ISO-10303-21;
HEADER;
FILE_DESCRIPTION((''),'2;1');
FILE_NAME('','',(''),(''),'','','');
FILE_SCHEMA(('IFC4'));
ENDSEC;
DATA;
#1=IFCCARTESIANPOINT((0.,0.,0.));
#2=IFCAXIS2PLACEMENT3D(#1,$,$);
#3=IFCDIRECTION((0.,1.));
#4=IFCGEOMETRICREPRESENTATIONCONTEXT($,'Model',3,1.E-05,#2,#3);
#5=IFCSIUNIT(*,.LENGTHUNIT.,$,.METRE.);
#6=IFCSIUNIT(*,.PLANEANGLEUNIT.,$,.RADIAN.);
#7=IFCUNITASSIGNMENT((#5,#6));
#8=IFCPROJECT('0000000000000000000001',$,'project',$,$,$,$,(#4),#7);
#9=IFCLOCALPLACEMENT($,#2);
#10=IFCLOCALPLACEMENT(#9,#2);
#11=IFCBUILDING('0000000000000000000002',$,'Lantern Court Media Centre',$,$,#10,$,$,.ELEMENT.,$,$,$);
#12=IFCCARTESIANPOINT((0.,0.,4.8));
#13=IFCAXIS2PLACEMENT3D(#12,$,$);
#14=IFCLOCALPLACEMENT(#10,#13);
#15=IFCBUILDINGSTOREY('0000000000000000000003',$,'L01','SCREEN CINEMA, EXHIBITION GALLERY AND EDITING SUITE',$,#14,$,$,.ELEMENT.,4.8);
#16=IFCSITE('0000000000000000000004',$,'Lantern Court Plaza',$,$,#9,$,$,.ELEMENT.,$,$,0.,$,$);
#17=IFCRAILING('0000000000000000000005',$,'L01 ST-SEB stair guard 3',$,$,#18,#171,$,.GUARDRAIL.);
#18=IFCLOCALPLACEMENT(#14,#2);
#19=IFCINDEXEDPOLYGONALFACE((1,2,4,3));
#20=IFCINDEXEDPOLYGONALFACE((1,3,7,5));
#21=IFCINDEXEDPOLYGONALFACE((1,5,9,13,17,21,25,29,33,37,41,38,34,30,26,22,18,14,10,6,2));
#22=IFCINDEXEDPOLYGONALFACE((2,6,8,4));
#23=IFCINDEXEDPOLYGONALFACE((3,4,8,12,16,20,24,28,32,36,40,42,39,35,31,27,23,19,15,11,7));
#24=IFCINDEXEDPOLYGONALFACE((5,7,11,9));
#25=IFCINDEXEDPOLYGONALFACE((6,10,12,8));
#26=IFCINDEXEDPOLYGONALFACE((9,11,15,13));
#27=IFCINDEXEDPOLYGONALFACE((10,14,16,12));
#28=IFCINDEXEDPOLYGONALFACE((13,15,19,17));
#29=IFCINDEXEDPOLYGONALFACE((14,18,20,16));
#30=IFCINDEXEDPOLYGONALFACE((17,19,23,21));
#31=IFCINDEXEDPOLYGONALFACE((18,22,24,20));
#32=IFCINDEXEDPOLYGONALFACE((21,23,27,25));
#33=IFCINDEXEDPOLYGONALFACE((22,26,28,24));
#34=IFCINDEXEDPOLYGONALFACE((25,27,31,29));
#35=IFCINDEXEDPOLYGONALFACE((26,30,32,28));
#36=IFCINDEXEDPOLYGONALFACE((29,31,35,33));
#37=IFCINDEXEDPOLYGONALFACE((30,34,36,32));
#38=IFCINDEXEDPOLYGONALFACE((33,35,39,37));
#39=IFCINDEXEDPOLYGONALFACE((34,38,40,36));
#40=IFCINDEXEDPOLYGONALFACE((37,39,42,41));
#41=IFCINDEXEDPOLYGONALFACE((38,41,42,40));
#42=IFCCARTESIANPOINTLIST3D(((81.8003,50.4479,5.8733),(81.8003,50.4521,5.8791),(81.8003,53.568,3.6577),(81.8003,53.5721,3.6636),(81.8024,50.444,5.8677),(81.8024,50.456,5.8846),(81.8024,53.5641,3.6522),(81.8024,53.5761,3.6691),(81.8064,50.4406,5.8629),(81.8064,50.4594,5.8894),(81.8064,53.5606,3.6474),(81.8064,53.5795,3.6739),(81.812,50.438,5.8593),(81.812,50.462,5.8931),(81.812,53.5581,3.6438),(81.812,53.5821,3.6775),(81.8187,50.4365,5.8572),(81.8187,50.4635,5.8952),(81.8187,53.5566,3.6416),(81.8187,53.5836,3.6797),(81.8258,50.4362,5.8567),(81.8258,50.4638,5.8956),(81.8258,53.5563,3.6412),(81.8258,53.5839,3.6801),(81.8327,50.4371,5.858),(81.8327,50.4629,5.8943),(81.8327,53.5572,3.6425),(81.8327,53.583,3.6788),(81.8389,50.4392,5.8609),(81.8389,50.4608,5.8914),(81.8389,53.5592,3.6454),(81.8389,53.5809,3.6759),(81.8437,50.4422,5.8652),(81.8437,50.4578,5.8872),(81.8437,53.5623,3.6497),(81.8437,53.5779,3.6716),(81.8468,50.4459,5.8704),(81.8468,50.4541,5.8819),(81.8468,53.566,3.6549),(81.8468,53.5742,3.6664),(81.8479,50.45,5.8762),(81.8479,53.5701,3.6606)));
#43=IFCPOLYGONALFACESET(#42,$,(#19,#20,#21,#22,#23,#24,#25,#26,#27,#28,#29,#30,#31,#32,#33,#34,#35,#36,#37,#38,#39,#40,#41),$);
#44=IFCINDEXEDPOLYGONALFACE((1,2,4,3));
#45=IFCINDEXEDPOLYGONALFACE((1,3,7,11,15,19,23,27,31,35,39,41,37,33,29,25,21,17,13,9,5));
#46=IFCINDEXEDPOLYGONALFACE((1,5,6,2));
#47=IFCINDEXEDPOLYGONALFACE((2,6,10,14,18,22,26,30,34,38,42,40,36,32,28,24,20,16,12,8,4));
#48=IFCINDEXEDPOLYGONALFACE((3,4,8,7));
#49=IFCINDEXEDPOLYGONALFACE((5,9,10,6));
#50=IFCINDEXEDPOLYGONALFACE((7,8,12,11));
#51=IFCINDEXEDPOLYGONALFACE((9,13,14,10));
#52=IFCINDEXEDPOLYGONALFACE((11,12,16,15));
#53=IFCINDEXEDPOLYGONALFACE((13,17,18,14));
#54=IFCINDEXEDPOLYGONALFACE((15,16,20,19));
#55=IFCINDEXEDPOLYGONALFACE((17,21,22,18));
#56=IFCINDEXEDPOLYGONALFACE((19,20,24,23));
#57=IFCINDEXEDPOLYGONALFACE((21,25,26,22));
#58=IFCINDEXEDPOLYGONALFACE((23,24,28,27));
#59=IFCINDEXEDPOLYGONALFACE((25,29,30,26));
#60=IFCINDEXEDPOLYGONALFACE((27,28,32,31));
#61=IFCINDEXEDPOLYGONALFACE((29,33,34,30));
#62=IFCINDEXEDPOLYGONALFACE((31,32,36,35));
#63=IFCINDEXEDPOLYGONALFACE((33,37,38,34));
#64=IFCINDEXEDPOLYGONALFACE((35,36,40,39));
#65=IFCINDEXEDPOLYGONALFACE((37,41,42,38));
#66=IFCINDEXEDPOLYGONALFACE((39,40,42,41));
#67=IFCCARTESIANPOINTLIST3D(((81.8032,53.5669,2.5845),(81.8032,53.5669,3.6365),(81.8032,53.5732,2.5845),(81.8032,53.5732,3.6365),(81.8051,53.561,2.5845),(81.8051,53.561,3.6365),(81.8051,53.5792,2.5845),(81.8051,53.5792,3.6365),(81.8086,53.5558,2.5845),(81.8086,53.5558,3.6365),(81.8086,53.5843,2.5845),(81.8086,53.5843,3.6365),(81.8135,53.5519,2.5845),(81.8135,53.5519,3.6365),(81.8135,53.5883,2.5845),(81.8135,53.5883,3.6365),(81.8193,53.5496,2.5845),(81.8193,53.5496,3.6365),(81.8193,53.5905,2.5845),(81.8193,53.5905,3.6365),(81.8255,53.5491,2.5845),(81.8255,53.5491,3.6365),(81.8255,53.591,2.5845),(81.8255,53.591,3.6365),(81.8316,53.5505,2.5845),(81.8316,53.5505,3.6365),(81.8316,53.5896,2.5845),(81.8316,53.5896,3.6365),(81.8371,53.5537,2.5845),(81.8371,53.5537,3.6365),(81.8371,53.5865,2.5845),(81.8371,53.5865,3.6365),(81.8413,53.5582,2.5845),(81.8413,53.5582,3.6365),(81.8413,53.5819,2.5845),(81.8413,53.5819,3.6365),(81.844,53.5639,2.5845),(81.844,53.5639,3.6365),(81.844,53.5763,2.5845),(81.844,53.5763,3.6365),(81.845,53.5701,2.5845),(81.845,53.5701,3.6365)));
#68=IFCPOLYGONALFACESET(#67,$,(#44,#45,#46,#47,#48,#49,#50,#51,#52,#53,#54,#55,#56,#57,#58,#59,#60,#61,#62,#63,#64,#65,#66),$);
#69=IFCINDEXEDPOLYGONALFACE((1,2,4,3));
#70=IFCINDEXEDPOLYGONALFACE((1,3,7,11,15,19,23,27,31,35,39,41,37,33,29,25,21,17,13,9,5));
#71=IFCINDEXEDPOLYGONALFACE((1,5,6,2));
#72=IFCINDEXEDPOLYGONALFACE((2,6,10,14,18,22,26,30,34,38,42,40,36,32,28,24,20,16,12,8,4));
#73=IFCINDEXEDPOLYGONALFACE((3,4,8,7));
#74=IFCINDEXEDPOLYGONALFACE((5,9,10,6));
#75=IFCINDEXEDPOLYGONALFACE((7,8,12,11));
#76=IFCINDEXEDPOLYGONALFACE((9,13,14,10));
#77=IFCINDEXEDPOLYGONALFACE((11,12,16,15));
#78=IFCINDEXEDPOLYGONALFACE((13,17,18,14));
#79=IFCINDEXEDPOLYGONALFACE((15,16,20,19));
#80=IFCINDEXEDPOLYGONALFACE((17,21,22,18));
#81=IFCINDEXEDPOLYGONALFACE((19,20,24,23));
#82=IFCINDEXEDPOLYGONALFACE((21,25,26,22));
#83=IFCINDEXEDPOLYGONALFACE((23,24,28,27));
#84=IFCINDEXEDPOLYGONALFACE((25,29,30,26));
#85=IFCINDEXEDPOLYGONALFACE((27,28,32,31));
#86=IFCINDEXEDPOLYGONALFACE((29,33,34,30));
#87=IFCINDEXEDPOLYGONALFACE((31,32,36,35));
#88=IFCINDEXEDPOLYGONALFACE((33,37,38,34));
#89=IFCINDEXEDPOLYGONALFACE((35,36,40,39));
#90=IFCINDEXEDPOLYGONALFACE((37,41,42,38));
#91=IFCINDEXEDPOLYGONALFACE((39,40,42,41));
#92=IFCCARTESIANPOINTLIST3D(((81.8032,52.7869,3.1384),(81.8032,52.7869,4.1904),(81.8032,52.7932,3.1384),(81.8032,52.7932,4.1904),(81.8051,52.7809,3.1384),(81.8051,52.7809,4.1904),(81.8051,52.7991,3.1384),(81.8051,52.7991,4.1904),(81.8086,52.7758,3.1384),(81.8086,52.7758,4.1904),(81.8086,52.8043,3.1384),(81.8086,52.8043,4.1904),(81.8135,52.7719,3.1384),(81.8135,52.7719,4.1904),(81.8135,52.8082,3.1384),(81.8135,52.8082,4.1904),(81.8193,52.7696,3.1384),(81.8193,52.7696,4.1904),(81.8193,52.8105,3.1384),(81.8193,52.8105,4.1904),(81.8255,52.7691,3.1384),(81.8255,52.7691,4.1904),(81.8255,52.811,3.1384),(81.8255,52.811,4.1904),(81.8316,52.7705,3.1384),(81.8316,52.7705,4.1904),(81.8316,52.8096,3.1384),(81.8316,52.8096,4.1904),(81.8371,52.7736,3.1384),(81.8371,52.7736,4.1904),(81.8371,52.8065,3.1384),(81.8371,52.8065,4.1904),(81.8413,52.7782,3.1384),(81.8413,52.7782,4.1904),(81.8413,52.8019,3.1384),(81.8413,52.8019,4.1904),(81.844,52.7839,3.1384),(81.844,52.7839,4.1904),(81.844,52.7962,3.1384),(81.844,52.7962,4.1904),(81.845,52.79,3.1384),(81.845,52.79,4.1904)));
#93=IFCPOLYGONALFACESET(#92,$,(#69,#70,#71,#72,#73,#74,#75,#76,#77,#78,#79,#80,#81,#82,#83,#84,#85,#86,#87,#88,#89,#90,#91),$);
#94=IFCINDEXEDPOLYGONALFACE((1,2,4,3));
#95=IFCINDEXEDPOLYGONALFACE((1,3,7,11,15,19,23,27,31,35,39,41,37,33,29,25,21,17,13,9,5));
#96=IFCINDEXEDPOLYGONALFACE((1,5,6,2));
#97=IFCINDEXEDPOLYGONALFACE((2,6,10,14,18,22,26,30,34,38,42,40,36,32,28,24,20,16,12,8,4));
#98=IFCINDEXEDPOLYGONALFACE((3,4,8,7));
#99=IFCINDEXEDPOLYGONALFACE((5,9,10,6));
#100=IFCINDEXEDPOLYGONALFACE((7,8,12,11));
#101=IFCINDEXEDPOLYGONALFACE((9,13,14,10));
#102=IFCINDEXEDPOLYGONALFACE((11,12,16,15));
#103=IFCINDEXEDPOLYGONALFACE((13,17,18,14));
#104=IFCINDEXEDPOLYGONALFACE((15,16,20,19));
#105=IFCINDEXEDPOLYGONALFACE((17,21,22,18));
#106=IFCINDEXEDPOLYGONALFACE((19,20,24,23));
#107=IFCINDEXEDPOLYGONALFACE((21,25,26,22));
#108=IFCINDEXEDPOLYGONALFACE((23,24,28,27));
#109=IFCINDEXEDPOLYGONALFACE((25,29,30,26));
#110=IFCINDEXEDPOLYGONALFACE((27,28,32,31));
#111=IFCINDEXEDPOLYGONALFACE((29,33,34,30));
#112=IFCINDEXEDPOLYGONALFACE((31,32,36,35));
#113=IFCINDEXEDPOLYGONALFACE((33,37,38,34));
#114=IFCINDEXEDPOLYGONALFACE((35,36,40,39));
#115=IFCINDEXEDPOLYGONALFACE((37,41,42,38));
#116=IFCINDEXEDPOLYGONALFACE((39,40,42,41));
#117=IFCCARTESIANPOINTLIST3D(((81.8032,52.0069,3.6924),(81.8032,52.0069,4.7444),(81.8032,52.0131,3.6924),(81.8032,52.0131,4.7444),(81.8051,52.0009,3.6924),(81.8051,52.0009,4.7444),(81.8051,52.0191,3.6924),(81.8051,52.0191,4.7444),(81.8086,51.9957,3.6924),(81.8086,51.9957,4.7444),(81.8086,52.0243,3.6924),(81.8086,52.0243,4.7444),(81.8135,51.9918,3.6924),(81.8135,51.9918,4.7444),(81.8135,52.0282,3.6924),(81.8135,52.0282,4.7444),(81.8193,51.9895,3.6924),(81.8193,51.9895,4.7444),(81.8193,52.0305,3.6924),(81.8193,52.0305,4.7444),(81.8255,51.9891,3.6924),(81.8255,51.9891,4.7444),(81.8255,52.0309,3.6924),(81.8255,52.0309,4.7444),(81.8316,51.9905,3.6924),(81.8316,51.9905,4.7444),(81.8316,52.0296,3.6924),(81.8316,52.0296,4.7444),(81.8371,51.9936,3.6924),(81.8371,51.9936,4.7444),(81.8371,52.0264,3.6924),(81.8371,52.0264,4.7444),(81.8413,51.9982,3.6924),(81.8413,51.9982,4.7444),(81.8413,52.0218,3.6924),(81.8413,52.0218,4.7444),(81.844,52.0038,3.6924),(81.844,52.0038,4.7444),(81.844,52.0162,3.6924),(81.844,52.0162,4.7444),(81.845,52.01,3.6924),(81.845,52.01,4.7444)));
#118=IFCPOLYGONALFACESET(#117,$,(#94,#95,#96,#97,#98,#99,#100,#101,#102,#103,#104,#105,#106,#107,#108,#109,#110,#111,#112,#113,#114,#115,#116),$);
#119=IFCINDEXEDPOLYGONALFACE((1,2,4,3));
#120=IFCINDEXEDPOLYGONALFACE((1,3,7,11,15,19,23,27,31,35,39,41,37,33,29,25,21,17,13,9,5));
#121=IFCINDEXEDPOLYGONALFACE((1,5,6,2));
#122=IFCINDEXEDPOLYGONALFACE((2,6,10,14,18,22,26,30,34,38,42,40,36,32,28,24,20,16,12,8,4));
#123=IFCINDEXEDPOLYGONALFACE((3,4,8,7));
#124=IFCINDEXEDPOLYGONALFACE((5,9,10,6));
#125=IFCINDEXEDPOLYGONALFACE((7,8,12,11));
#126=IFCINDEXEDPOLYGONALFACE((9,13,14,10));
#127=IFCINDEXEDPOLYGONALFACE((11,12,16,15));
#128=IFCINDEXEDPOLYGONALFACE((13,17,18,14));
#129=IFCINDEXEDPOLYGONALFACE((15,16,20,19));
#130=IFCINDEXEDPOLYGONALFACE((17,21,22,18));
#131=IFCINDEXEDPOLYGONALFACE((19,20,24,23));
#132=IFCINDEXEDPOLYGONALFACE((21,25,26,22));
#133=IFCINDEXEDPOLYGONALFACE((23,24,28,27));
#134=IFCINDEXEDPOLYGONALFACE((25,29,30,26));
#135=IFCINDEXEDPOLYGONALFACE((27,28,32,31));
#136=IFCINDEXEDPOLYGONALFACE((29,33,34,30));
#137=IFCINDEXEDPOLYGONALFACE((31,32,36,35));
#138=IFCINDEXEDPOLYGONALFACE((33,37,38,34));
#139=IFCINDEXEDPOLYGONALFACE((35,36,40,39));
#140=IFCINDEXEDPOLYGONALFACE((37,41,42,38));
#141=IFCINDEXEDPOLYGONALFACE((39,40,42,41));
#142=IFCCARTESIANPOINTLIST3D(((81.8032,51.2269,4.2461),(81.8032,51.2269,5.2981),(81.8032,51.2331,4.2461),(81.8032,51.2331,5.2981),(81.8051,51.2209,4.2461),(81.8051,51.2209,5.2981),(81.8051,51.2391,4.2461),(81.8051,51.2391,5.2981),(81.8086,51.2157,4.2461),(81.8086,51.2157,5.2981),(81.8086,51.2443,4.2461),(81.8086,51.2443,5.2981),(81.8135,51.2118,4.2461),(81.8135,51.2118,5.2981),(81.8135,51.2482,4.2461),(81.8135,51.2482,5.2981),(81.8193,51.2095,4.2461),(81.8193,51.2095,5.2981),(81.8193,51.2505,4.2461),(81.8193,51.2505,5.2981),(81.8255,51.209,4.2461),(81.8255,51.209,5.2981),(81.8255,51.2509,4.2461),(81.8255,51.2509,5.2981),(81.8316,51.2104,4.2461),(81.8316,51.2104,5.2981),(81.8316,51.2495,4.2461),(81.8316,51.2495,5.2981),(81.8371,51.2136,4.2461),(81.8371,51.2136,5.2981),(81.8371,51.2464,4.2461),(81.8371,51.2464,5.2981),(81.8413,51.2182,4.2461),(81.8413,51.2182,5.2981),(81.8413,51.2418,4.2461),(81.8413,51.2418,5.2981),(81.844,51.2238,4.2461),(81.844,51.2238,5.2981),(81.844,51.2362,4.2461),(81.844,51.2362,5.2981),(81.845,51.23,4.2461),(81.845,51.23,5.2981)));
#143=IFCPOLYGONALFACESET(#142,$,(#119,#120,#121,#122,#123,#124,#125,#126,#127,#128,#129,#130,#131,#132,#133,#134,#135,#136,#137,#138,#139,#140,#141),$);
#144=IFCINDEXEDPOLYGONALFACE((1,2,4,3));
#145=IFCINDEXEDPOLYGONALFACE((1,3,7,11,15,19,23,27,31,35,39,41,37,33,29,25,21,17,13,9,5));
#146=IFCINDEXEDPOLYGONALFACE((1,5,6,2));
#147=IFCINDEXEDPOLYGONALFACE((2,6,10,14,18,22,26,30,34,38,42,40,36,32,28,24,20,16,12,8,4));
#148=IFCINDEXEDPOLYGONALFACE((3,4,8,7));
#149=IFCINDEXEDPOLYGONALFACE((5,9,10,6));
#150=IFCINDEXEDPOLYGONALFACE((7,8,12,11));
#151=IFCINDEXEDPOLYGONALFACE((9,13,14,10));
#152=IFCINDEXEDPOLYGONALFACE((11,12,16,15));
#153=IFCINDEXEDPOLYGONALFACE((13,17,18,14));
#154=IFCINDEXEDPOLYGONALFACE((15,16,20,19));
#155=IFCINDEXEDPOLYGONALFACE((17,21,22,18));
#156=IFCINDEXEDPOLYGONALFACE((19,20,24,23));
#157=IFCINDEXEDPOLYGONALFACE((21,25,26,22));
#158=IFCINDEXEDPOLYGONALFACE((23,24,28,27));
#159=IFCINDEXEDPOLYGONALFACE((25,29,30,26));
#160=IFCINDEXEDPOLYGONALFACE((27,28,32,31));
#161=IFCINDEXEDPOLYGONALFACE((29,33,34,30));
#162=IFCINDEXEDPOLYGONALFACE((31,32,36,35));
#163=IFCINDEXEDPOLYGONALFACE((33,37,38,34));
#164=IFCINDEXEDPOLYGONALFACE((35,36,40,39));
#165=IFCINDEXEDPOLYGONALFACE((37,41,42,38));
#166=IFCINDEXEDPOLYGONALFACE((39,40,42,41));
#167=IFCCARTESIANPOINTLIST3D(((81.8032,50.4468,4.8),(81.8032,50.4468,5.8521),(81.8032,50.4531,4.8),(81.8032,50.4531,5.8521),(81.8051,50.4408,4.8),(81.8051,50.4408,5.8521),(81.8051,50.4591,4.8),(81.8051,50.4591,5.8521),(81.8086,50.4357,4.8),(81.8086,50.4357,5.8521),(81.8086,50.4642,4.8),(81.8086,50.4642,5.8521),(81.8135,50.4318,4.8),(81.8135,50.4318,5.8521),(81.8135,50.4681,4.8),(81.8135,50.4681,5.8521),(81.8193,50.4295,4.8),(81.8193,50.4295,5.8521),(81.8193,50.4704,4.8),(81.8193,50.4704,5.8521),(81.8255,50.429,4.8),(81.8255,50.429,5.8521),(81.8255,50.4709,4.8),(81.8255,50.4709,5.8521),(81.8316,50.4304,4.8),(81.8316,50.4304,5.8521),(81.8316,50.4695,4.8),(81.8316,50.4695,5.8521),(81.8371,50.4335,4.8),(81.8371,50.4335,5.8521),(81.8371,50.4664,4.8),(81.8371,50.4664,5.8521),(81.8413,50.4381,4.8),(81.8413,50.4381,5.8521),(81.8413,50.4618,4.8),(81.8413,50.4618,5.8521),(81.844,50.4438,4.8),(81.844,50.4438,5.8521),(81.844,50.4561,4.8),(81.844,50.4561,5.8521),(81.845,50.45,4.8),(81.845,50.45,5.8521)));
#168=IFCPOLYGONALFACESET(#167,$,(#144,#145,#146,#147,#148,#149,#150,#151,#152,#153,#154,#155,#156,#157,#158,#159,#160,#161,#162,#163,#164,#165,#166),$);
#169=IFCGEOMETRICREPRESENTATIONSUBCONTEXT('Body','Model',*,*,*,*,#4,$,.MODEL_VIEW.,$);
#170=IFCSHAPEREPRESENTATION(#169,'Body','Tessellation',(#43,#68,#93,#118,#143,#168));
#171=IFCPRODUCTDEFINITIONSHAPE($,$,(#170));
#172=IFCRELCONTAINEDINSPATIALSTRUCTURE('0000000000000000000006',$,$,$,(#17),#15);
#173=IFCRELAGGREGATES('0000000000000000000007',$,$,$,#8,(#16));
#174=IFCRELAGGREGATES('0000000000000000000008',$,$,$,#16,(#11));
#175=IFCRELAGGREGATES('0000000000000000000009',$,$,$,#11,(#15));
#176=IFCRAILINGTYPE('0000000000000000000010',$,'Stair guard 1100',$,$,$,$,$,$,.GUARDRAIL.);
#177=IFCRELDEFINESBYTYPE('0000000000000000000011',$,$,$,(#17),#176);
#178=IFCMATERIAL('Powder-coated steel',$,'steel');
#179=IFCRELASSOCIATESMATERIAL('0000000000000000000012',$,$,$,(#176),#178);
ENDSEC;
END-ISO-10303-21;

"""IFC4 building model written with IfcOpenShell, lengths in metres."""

from ifc_helpers import new_model, si_unit, direction, frame, origin, origin_2d, place, context, subcontext, project, spatial, circle, extrude, material, type_object, element, save


model = new_model("IFC4")

# Units and contexts
model_context = context("Model", 3, precision=1e-05, world=origin(), true_north=direction((0.0, 1.0)))
body_context = subcontext(model_context, "Body", "Model", "MODEL_VIEW")
ifc_project = project(units=[si_unit("LENGTHUNIT", "METRE"), si_unit("PLANEANGLEUNIT", "RADIAN")], contexts=[model_context])

# Site, building, storey
site_placement = place(None, origin())
site = spatial("IfcSite", under=ifc_project, at=site_placement, Name="Lantern Court Plaza", CompositionType="ELEMENT", RefElevation=0.0)
building_placement = place(site_placement, origin())
building = spatial("IfcBuilding", under=site, at=building_placement, Name="Lantern Court Media Centre", CompositionType="ELEMENT")
storey_placement = place(building_placement, frame((0.0, 0.0, 4.8)))
storey = spatial("IfcBuildingStorey", under=building, at=storey_placement, Name="L01", Description="SCREEN CINEMA, EXHIBITION GALLERY AND EDITING SUITE", CompositionType="ELEMENT", Elevation=4.8)

# Railing
ifc_material_1 = material(Name="Powder-coated steel", Category="steel")
railing_type_1 = type_object("IfcRailingType", Name="Stair guard 1100", PredefinedType="GUARDRAIL", material=ifc_material_1)
railing_1_placement = place(storey_placement, frame((81.824, 53.5701, 2.5845)))
element("IfcRailing", 1, at=railing_1_placement, inside=storey, type_object=railing_type_1, Name="L01 ST-SEB stair guard 3", PredefinedType="GUARDRAIL", context=body_context, shape_type="SweptSolid", body=[
    extrude(circle(Radius=0.0239, at=origin_2d()), frame((0.0, 0.0, 1.0762), z_axis=(0.0, -0.815347, 0.578973), x_axis=(1.0, 0.0, 0.0)), (0.0, 0.0, 1.0), 3.8267),
    extrude(circle(Radius=0.021, at=origin_2d()), origin(), (0.0, 0.0, 1.0), 1.052),
    extrude(circle(Radius=0.021, at=origin_2d()), frame((0.0, -0.78, 0.554)), (0.0, 0.0, 1.0), 1.052),
    extrude(circle(Radius=0.021, at=origin_2d()), frame((0.0, -1.5601, 1.1079)), (0.0, 0.0, 1.0), 1.052),
    extrude(circle(Radius=0.021, at=origin_2d()), frame((0.0, -2.3401, 1.6616)), (0.0, 0.0, 1.0), 1.052),
    extrude(circle(Radius=0.021, at=origin_2d()), frame((0.0, -3.1201, 2.2156)), (0.0, 0.0, 1.0), 1.052),
])

save(model, "model.ifc")
